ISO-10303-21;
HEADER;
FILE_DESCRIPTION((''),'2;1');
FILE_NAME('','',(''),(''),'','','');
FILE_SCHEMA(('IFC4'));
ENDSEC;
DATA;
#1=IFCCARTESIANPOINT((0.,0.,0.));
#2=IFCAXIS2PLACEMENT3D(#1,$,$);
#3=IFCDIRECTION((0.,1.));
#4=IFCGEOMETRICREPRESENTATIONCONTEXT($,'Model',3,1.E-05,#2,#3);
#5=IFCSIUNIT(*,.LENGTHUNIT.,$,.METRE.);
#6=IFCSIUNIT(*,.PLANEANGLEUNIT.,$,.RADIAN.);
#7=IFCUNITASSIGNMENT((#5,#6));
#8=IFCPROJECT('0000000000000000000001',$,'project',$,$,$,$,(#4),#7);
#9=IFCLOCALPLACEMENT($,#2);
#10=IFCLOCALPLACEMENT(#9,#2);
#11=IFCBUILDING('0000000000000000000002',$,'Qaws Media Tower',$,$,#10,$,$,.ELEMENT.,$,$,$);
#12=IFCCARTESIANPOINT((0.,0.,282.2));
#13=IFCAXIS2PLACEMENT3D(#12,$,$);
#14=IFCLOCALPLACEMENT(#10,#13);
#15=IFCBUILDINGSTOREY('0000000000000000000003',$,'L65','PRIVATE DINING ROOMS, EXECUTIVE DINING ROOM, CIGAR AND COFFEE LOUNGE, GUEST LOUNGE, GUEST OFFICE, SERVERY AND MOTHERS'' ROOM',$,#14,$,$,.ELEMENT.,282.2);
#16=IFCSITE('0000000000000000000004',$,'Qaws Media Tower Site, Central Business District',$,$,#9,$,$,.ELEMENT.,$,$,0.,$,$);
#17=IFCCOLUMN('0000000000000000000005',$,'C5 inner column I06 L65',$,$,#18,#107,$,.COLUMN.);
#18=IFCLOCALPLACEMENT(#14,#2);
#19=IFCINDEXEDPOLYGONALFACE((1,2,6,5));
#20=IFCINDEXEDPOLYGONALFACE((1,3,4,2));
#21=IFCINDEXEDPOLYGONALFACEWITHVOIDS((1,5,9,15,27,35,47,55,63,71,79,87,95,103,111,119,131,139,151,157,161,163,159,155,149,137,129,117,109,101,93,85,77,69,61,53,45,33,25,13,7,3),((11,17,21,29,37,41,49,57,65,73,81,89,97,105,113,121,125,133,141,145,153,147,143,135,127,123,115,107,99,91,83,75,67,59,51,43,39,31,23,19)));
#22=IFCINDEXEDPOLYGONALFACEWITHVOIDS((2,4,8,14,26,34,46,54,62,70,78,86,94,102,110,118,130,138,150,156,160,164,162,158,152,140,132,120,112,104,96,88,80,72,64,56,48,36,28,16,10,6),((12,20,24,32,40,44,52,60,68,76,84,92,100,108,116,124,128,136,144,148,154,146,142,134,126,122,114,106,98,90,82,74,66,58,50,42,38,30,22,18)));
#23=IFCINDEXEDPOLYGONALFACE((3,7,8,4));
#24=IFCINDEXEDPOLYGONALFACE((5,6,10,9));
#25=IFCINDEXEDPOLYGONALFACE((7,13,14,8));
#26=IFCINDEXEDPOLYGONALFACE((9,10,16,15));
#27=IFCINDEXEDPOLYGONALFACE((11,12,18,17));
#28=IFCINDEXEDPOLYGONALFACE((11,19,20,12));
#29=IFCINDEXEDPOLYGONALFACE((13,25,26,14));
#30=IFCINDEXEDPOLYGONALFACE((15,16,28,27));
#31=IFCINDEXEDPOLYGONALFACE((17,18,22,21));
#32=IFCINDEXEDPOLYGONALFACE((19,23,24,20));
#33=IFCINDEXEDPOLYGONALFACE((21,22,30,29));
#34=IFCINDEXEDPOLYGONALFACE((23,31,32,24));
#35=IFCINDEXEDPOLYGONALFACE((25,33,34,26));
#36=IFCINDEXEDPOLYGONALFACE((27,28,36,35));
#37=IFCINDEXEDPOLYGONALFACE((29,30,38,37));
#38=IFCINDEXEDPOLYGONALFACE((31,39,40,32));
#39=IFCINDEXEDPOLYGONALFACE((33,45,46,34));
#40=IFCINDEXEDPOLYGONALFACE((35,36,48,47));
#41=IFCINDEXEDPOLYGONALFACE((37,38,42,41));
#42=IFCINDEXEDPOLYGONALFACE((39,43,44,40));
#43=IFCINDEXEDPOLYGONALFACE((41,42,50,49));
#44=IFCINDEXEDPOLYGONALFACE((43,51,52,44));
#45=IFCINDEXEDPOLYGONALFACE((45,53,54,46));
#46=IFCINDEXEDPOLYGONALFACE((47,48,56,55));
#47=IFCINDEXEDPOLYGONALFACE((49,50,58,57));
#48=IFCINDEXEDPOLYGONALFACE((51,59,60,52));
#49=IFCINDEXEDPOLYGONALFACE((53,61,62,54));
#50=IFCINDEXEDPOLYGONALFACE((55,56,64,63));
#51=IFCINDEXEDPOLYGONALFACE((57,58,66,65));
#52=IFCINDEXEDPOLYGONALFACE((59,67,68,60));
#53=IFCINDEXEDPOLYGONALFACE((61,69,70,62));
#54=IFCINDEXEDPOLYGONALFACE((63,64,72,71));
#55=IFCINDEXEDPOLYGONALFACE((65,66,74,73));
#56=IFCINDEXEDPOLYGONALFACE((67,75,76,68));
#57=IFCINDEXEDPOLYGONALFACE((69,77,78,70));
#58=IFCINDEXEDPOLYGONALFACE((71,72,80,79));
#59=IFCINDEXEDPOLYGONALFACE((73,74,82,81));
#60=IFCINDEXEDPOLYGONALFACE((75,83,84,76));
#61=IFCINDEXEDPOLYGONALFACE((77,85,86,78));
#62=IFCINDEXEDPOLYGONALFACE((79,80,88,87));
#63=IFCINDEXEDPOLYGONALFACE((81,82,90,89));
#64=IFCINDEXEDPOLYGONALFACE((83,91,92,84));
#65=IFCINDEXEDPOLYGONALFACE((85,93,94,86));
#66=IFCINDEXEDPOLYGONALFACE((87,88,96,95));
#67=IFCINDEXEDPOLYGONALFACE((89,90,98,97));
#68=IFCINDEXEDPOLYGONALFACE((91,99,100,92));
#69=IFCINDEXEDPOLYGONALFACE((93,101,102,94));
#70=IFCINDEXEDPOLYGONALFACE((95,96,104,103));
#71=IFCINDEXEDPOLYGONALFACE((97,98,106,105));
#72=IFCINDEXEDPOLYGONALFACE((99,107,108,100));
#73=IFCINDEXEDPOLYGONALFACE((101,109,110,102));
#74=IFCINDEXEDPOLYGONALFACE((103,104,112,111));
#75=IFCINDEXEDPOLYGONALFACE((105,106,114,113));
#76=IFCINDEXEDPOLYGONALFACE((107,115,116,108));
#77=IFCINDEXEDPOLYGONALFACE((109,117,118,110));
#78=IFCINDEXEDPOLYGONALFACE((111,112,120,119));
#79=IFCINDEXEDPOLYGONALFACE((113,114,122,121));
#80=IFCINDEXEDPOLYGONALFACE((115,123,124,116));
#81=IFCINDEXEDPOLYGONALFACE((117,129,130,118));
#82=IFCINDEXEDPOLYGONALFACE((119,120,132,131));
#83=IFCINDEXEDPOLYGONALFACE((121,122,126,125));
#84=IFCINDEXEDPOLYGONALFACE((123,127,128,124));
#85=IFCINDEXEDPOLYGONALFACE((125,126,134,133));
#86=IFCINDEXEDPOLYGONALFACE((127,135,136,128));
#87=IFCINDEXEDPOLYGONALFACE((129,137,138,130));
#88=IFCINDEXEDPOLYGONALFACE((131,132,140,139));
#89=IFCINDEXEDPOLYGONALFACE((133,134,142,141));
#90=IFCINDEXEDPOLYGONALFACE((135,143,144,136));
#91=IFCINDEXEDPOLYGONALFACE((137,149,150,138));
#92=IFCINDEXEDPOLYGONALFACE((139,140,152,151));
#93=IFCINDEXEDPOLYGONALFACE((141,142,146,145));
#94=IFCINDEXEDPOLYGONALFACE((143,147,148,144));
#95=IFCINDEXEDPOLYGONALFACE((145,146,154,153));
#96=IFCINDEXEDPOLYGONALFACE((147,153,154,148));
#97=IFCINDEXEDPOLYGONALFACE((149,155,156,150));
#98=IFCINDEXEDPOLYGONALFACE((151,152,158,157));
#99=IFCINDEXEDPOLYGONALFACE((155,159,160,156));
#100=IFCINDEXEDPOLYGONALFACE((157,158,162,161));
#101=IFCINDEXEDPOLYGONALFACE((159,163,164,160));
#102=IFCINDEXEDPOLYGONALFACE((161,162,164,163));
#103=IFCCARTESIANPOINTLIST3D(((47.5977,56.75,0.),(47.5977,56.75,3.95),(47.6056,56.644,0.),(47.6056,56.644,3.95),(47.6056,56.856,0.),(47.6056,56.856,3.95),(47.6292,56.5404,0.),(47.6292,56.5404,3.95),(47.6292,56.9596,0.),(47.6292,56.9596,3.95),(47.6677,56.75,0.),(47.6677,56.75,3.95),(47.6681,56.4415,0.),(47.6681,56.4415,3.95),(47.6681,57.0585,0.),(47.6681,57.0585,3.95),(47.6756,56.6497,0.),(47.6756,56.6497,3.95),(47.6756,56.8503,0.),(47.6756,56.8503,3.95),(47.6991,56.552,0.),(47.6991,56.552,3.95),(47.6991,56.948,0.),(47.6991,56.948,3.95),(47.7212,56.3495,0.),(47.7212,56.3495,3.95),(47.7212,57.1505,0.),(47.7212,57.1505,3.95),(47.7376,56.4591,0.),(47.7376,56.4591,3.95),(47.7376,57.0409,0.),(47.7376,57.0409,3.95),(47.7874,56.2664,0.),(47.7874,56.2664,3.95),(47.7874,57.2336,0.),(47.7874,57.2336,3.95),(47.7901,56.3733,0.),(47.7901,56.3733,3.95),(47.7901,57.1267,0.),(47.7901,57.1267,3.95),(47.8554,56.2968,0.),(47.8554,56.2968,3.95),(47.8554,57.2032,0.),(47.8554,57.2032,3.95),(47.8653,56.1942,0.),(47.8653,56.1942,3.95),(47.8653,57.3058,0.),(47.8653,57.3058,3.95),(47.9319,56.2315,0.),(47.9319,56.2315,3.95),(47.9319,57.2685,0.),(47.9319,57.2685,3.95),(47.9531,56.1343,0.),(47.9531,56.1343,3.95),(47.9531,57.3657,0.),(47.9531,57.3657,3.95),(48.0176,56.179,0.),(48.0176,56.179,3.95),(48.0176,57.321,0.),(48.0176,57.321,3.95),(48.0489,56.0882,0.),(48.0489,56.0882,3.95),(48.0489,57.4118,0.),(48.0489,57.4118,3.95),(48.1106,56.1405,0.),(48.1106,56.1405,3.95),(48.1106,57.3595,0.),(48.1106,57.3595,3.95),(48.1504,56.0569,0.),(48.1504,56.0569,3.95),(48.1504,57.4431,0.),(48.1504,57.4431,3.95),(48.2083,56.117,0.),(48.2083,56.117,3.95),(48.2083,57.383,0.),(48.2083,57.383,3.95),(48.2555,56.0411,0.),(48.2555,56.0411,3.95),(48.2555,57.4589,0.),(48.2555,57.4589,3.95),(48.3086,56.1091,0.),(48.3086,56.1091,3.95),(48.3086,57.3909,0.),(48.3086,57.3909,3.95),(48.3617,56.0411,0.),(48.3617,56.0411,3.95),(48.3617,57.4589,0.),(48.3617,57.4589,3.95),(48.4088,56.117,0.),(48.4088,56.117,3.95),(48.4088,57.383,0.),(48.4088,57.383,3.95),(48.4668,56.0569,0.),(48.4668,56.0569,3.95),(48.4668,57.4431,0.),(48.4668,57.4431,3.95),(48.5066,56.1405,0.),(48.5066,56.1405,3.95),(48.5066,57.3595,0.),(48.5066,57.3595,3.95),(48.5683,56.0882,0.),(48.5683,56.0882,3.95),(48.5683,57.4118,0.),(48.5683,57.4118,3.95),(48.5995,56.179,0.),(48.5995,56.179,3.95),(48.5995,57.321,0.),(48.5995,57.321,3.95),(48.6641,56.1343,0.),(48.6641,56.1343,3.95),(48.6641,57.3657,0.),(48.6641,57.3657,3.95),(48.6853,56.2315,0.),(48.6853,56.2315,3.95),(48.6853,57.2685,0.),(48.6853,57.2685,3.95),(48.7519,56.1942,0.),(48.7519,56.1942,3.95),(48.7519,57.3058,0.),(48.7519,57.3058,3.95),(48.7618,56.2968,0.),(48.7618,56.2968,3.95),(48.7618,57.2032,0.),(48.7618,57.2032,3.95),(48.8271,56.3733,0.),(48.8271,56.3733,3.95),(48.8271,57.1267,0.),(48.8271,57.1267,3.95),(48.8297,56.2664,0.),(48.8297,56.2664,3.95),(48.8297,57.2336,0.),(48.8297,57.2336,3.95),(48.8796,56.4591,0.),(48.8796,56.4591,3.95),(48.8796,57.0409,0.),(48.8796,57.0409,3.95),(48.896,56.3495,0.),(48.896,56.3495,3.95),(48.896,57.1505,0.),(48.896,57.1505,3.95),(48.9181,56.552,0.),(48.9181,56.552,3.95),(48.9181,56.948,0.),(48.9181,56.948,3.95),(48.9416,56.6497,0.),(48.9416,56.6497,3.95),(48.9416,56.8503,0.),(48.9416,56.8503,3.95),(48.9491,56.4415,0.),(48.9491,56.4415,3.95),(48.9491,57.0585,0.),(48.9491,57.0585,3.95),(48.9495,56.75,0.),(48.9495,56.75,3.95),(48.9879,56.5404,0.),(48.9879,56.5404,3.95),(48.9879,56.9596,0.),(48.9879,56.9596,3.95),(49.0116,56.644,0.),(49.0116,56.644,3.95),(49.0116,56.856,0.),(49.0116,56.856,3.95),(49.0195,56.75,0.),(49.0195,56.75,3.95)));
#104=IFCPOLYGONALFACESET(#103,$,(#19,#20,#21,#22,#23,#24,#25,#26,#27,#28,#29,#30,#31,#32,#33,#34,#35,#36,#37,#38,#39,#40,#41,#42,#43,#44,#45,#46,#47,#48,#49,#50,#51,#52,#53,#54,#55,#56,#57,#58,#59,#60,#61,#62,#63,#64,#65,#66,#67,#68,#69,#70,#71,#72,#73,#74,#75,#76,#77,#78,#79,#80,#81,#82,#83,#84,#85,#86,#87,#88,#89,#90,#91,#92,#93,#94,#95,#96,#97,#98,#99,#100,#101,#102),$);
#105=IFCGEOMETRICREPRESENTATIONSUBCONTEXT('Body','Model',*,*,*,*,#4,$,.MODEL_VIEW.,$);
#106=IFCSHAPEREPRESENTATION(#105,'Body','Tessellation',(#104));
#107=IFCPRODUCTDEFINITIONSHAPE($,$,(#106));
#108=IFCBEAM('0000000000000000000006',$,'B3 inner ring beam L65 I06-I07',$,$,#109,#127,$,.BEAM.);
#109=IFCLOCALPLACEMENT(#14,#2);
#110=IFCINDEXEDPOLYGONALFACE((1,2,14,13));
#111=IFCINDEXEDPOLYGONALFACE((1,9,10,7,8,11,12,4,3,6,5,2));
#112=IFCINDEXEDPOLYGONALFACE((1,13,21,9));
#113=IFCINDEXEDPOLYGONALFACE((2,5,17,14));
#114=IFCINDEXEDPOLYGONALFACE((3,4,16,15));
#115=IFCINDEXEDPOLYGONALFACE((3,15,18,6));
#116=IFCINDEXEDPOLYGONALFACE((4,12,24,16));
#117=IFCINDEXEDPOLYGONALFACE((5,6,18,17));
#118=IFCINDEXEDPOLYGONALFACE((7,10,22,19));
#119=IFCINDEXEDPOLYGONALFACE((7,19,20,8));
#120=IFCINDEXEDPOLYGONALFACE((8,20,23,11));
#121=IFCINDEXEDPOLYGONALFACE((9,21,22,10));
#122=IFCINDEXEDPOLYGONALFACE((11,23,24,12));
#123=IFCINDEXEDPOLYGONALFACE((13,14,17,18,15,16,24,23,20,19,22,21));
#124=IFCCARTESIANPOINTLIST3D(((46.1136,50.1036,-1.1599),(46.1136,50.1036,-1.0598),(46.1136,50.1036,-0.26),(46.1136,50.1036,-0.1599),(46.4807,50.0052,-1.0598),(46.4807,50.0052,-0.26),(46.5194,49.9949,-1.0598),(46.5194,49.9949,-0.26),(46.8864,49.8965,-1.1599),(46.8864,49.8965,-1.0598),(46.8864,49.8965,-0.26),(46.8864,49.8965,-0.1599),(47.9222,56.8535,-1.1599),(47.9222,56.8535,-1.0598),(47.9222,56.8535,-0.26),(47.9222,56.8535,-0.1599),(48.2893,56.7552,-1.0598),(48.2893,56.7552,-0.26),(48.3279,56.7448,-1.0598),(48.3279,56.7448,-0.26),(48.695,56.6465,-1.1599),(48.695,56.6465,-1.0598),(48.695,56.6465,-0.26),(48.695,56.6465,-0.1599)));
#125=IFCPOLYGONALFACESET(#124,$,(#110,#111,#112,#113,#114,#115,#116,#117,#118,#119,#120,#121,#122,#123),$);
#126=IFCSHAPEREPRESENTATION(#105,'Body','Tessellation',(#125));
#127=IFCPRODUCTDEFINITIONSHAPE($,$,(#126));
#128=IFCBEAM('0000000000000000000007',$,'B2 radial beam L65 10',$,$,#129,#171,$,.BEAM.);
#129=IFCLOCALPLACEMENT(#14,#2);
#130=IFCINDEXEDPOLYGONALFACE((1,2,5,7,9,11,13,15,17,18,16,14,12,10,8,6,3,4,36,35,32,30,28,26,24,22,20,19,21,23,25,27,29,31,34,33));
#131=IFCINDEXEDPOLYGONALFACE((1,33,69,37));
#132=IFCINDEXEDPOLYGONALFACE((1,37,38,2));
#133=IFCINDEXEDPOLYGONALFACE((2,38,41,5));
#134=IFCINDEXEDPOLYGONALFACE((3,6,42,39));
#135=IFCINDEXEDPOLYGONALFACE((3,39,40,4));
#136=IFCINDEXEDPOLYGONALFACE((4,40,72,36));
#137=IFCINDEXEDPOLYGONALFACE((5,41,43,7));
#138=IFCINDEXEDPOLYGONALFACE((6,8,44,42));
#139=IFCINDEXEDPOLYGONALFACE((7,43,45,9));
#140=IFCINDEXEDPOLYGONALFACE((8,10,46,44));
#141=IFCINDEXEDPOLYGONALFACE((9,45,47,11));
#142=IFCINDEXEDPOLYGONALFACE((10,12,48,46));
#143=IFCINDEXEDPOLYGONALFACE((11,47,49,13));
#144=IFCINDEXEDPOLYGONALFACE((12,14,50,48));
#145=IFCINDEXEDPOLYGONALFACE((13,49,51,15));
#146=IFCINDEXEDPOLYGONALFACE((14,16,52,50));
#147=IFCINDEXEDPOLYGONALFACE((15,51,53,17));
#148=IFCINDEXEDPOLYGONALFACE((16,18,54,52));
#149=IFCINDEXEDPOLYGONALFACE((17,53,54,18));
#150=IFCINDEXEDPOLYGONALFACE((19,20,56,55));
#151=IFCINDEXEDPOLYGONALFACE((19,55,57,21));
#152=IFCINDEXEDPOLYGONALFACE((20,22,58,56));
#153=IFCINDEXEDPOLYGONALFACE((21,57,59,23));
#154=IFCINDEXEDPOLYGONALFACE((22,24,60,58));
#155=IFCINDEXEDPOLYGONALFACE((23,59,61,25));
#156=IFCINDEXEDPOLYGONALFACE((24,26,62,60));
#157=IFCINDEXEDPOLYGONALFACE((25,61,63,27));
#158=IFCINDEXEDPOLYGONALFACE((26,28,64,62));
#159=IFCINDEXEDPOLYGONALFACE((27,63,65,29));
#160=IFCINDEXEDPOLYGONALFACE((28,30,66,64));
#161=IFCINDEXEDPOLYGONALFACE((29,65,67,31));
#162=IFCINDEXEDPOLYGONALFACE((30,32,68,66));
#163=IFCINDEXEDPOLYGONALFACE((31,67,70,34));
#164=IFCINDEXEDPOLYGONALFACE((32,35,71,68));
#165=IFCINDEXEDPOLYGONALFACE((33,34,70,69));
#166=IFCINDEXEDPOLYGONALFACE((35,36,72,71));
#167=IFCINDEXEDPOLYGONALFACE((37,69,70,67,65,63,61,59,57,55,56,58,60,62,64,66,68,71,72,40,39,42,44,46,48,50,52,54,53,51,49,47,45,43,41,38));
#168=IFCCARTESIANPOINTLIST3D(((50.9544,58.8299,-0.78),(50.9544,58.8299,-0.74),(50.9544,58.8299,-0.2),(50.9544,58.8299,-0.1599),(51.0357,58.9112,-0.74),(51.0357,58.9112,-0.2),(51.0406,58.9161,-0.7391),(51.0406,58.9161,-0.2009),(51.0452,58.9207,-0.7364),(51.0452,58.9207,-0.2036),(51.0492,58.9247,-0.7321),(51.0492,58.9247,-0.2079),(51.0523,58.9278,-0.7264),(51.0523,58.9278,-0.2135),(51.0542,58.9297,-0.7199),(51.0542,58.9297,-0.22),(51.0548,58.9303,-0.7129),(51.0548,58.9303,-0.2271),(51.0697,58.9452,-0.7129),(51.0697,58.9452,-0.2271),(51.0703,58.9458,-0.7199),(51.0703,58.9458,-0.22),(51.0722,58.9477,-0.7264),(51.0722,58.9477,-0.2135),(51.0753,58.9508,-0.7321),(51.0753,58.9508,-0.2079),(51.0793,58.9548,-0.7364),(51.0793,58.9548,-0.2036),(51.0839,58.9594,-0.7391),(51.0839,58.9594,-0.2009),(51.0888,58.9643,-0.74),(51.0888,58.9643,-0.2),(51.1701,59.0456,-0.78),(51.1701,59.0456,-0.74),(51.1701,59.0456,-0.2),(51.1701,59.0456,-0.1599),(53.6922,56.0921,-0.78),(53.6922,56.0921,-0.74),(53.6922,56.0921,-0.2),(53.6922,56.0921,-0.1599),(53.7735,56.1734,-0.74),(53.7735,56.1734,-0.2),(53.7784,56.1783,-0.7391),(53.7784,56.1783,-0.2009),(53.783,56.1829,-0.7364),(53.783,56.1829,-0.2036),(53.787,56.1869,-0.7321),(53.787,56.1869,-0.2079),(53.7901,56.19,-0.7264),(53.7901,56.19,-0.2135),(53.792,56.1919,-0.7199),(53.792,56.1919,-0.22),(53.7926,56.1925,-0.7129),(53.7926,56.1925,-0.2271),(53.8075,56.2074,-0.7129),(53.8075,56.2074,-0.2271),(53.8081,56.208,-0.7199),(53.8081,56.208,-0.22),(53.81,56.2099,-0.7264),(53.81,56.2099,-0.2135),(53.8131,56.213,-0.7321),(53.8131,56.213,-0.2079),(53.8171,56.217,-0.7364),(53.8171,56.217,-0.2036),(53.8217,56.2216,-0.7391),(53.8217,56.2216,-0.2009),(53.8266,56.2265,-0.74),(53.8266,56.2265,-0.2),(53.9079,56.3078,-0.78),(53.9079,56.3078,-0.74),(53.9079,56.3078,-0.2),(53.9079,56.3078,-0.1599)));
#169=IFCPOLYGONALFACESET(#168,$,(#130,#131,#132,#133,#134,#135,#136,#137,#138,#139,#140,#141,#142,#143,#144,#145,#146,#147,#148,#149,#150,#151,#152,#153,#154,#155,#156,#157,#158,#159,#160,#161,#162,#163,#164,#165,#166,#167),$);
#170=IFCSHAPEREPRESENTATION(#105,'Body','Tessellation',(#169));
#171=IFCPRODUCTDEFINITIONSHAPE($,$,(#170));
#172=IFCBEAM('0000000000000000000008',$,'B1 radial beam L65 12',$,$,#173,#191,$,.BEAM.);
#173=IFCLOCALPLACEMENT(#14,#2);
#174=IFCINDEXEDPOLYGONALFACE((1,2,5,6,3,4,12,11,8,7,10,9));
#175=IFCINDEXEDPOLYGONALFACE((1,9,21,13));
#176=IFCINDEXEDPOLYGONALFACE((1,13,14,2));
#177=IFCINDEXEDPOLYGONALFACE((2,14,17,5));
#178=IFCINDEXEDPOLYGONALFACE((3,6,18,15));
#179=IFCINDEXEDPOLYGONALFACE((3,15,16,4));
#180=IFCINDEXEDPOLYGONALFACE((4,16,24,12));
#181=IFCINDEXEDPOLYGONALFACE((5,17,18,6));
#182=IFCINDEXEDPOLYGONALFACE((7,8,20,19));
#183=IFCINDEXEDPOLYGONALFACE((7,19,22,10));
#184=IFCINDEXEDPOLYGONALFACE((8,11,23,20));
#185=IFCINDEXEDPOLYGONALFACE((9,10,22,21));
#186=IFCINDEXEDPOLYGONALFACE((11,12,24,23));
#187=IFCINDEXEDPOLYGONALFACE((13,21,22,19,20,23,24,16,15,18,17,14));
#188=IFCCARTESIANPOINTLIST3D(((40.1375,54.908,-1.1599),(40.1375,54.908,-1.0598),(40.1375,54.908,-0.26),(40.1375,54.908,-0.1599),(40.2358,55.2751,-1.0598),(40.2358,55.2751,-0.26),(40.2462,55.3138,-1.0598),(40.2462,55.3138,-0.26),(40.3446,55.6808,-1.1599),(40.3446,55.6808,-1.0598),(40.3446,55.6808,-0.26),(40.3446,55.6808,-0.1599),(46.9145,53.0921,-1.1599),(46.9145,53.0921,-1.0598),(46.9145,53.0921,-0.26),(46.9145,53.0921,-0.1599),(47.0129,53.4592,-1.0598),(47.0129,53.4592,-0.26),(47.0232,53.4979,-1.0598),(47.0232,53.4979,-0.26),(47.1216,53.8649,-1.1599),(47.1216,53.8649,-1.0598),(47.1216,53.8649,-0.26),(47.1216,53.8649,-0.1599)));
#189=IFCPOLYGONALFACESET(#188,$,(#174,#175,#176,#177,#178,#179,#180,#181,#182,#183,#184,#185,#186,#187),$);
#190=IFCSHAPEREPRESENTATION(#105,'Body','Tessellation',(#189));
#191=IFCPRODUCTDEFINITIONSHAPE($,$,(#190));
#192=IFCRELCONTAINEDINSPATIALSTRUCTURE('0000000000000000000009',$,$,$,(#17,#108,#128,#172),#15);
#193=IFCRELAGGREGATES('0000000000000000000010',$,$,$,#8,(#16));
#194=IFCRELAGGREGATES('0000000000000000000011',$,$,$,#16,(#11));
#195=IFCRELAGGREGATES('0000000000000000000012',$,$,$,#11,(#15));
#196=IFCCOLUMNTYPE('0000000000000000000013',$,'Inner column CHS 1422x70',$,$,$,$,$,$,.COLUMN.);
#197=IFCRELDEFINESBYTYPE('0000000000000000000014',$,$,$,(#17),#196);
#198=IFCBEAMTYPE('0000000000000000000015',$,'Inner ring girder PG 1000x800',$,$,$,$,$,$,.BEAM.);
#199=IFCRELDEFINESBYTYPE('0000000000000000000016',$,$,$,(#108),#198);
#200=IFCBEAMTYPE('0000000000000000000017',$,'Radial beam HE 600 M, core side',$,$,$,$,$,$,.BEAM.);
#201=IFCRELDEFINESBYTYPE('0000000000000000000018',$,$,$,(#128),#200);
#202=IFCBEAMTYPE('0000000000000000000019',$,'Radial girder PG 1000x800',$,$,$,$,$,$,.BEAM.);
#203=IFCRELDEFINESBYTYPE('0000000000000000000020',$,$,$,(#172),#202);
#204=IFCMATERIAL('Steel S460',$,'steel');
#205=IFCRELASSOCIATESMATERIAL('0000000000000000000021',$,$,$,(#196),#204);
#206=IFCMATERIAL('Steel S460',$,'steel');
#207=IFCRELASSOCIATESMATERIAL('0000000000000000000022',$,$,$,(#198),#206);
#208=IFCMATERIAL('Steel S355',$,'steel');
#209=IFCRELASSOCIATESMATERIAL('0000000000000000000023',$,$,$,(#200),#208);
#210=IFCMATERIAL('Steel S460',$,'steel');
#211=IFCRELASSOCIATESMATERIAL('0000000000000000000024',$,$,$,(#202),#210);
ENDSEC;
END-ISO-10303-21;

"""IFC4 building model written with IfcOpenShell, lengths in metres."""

from ifc_helpers import new_model, si_unit, direction, frame, origin, origin_2d, place, context, subcontext, project, spatial, hollow_circle, i_section, extrude, material, material_profile, profile_set, type_object, element, save


model = new_model("IFC4")

# Units and contexts
model_context = context("Model", 3, precision=1e-05, world=origin(), true_north=direction((0.0, 1.0)))
body_context = subcontext(model_context, "Body", "Model", "MODEL_VIEW")
ifc_project = project(units=[si_unit("LENGTHUNIT", "METRE"), si_unit("PLANEANGLEUNIT", "RADIAN")], contexts=[model_context])

# Site, building, storey
site_placement = place(None, origin())
site = spatial("IfcSite", under=ifc_project, at=site_placement, Name="Qaws Media Tower Site, Central Business District", CompositionType="ELEMENT", RefElevation=0.0)
building_placement = place(site_placement, origin())
building = spatial("IfcBuilding", under=site, at=building_placement, Name="Qaws Media Tower", CompositionType="ELEMENT")
storey_placement = place(building_placement, frame((0.0, 0.0, 282.2)))
storey = spatial("IfcBuildingStorey", under=building, at=storey_placement, Name="L65", Description="PRIVATE DINING ROOMS, EXECUTIVE DINING ROOM, CIGAR AND COFFEE LOUNGE, GUEST LOUNGE, GUEST OFFICE, SERVERY AND MOTHERS' ROOM", CompositionType="ELEMENT", Elevation=282.2)

# Column
ifc_material_1 = material(Name="Steel S460", Category="steel")
ifc_material_profile_1 = material_profile(ifc_material_1, hollow_circle(Radius=0.7109, WallThickness=0.0701, at=origin_2d()), Name="CHS 1422x70")
ifc_profile_set_1 = profile_set([ifc_material_profile_1], Name="Steel S460")
column_type = type_object("IfcColumnType", Name="Inner column CHS 1422x70", PredefinedType="COLUMN", material=ifc_profile_set_1)
column_placement = place(storey_placement, frame((48.3086, 56.75, 0.0), z_axis=(0.0, 0.0, 1.0), x_axis=(1.0, 0.0, 0.0)))
element("IfcColumn", 1, at=column_placement, inside=storey, type_object=column_type, Name="C5 inner column I06 L65", PredefinedType="COLUMN", context=body_context, shape_type="SweptSolid", body=[
    extrude(hollow_circle(Radius=0.7109, WallThickness=0.0701, at=origin_2d()), origin(), (0.0, 0.0, 1.0), 3.95),
])

# Beams
ifc_material_2 = material(Name="Steel S460", Category="steel")
ifc_material_profile_2 = material_profile(ifc_material_2, i_section(OverallWidth=0.8, OverallDepth=1.0, WebThickness=0.04, FlangeThickness=0.1001, at=origin_2d()), Name="PG 1000x800")
ifc_profile_set_2 = profile_set([ifc_material_profile_2], Name="Steel S460")
beam_type_1 = type_object("IfcBeamType", Name="Inner ring girder PG 1000x800", PredefinedType="BEAM", material=ifc_profile_set_2)
beam_1_placement = place(storey_placement, frame((48.3086, 56.75, -0.6599), z_axis=(-0.258811, -0.965928, 0.0), x_axis=(0.965928, -0.258811, 0.0)))
element("IfcBeam", 2, at=beam_1_placement, inside=storey, type_object=beam_type_1, Name="B3 inner ring beam L65 I06-I07", PredefinedType="BEAM", context=body_context, shape_type="SweptSolid", body=[
    extrude(i_section(OverallWidth=0.8, OverallDepth=1.0, WebThickness=0.04, FlangeThickness=0.1001, at=origin_2d()), origin(), (0.0, 0.0, 1.0), 6.988),
])
ifc_material_3 = material(Name="Steel S355", Category="steel")
ifc_material_profile_3 = material_profile(ifc_material_3, i_section(OverallWidth=0.3049, OverallDepth=0.6201, WebThickness=0.021, FlangeThickness=0.04, FilletRadius=0.0271, at=origin_2d()), Name="HE 600 M")
ifc_profile_set_3 = profile_set([ifc_material_profile_3], Name="Steel S355")
beam_type_2 = type_object("IfcBeamType", Name="Radial beam HE 600 M, core side", PredefinedType="BEAM", material=ifc_profile_set_3)
beam_2_placement = place(storey_placement, frame((53.8, 56.2, -0.47), z_axis=(-0.707107, 0.707107, 0.0), x_axis=(-0.707107, -0.707107, 0.0)))
element("IfcBeam", 3, at=beam_2_placement, inside=storey, type_object=beam_type_2, Name="B2 radial beam L65 10", PredefinedType="BEAM", context=body_context, shape_type="SweptSolid", body=[
    extrude(i_section(OverallWidth=0.3049, OverallDepth=0.6201, WebThickness=0.021, FlangeThickness=0.04, FilletRadius=0.0271, at=origin_2d()), origin(), (0.0, 0.0, 1.0), 3.8718),
])
ifc_material_4 = material(Name="Steel S460", Category="steel")
ifc_material_profile_4 = material_profile(ifc_material_4, i_section(OverallWidth=0.8, OverallDepth=1.0, WebThickness=0.04, FlangeThickness=0.1001, at=origin_2d()), Name="PG 1000x800")
ifc_profile_set_4 = profile_set([ifc_material_profile_4], Name="Steel S460")
beam_type_3 = type_object("IfcBeamType", Name="Radial girder PG 1000x800", PredefinedType="BEAM", material=ifc_profile_set_4)
beam_3_placement = place(storey_placement, frame((47.0181, 53.4785, -0.6599), z_axis=(-0.965926, 0.258819, 0.0), x_axis=(-0.258819, -0.965926, 0.0)))
element("IfcBeam", 4, at=beam_3_placement, inside=storey, type_object=beam_type_3, Name="B1 radial beam L65 12", PredefinedType="BEAM", context=body_context, shape_type="SweptSolid", body=[
    extrude(i_section(OverallWidth=0.8, OverallDepth=1.0, WebThickness=0.04, FlangeThickness=0.1001, at=origin_2d()), origin(), (0.0, 0.0, 1.0), 7.0161),
])

save(model, "model.ifc")
